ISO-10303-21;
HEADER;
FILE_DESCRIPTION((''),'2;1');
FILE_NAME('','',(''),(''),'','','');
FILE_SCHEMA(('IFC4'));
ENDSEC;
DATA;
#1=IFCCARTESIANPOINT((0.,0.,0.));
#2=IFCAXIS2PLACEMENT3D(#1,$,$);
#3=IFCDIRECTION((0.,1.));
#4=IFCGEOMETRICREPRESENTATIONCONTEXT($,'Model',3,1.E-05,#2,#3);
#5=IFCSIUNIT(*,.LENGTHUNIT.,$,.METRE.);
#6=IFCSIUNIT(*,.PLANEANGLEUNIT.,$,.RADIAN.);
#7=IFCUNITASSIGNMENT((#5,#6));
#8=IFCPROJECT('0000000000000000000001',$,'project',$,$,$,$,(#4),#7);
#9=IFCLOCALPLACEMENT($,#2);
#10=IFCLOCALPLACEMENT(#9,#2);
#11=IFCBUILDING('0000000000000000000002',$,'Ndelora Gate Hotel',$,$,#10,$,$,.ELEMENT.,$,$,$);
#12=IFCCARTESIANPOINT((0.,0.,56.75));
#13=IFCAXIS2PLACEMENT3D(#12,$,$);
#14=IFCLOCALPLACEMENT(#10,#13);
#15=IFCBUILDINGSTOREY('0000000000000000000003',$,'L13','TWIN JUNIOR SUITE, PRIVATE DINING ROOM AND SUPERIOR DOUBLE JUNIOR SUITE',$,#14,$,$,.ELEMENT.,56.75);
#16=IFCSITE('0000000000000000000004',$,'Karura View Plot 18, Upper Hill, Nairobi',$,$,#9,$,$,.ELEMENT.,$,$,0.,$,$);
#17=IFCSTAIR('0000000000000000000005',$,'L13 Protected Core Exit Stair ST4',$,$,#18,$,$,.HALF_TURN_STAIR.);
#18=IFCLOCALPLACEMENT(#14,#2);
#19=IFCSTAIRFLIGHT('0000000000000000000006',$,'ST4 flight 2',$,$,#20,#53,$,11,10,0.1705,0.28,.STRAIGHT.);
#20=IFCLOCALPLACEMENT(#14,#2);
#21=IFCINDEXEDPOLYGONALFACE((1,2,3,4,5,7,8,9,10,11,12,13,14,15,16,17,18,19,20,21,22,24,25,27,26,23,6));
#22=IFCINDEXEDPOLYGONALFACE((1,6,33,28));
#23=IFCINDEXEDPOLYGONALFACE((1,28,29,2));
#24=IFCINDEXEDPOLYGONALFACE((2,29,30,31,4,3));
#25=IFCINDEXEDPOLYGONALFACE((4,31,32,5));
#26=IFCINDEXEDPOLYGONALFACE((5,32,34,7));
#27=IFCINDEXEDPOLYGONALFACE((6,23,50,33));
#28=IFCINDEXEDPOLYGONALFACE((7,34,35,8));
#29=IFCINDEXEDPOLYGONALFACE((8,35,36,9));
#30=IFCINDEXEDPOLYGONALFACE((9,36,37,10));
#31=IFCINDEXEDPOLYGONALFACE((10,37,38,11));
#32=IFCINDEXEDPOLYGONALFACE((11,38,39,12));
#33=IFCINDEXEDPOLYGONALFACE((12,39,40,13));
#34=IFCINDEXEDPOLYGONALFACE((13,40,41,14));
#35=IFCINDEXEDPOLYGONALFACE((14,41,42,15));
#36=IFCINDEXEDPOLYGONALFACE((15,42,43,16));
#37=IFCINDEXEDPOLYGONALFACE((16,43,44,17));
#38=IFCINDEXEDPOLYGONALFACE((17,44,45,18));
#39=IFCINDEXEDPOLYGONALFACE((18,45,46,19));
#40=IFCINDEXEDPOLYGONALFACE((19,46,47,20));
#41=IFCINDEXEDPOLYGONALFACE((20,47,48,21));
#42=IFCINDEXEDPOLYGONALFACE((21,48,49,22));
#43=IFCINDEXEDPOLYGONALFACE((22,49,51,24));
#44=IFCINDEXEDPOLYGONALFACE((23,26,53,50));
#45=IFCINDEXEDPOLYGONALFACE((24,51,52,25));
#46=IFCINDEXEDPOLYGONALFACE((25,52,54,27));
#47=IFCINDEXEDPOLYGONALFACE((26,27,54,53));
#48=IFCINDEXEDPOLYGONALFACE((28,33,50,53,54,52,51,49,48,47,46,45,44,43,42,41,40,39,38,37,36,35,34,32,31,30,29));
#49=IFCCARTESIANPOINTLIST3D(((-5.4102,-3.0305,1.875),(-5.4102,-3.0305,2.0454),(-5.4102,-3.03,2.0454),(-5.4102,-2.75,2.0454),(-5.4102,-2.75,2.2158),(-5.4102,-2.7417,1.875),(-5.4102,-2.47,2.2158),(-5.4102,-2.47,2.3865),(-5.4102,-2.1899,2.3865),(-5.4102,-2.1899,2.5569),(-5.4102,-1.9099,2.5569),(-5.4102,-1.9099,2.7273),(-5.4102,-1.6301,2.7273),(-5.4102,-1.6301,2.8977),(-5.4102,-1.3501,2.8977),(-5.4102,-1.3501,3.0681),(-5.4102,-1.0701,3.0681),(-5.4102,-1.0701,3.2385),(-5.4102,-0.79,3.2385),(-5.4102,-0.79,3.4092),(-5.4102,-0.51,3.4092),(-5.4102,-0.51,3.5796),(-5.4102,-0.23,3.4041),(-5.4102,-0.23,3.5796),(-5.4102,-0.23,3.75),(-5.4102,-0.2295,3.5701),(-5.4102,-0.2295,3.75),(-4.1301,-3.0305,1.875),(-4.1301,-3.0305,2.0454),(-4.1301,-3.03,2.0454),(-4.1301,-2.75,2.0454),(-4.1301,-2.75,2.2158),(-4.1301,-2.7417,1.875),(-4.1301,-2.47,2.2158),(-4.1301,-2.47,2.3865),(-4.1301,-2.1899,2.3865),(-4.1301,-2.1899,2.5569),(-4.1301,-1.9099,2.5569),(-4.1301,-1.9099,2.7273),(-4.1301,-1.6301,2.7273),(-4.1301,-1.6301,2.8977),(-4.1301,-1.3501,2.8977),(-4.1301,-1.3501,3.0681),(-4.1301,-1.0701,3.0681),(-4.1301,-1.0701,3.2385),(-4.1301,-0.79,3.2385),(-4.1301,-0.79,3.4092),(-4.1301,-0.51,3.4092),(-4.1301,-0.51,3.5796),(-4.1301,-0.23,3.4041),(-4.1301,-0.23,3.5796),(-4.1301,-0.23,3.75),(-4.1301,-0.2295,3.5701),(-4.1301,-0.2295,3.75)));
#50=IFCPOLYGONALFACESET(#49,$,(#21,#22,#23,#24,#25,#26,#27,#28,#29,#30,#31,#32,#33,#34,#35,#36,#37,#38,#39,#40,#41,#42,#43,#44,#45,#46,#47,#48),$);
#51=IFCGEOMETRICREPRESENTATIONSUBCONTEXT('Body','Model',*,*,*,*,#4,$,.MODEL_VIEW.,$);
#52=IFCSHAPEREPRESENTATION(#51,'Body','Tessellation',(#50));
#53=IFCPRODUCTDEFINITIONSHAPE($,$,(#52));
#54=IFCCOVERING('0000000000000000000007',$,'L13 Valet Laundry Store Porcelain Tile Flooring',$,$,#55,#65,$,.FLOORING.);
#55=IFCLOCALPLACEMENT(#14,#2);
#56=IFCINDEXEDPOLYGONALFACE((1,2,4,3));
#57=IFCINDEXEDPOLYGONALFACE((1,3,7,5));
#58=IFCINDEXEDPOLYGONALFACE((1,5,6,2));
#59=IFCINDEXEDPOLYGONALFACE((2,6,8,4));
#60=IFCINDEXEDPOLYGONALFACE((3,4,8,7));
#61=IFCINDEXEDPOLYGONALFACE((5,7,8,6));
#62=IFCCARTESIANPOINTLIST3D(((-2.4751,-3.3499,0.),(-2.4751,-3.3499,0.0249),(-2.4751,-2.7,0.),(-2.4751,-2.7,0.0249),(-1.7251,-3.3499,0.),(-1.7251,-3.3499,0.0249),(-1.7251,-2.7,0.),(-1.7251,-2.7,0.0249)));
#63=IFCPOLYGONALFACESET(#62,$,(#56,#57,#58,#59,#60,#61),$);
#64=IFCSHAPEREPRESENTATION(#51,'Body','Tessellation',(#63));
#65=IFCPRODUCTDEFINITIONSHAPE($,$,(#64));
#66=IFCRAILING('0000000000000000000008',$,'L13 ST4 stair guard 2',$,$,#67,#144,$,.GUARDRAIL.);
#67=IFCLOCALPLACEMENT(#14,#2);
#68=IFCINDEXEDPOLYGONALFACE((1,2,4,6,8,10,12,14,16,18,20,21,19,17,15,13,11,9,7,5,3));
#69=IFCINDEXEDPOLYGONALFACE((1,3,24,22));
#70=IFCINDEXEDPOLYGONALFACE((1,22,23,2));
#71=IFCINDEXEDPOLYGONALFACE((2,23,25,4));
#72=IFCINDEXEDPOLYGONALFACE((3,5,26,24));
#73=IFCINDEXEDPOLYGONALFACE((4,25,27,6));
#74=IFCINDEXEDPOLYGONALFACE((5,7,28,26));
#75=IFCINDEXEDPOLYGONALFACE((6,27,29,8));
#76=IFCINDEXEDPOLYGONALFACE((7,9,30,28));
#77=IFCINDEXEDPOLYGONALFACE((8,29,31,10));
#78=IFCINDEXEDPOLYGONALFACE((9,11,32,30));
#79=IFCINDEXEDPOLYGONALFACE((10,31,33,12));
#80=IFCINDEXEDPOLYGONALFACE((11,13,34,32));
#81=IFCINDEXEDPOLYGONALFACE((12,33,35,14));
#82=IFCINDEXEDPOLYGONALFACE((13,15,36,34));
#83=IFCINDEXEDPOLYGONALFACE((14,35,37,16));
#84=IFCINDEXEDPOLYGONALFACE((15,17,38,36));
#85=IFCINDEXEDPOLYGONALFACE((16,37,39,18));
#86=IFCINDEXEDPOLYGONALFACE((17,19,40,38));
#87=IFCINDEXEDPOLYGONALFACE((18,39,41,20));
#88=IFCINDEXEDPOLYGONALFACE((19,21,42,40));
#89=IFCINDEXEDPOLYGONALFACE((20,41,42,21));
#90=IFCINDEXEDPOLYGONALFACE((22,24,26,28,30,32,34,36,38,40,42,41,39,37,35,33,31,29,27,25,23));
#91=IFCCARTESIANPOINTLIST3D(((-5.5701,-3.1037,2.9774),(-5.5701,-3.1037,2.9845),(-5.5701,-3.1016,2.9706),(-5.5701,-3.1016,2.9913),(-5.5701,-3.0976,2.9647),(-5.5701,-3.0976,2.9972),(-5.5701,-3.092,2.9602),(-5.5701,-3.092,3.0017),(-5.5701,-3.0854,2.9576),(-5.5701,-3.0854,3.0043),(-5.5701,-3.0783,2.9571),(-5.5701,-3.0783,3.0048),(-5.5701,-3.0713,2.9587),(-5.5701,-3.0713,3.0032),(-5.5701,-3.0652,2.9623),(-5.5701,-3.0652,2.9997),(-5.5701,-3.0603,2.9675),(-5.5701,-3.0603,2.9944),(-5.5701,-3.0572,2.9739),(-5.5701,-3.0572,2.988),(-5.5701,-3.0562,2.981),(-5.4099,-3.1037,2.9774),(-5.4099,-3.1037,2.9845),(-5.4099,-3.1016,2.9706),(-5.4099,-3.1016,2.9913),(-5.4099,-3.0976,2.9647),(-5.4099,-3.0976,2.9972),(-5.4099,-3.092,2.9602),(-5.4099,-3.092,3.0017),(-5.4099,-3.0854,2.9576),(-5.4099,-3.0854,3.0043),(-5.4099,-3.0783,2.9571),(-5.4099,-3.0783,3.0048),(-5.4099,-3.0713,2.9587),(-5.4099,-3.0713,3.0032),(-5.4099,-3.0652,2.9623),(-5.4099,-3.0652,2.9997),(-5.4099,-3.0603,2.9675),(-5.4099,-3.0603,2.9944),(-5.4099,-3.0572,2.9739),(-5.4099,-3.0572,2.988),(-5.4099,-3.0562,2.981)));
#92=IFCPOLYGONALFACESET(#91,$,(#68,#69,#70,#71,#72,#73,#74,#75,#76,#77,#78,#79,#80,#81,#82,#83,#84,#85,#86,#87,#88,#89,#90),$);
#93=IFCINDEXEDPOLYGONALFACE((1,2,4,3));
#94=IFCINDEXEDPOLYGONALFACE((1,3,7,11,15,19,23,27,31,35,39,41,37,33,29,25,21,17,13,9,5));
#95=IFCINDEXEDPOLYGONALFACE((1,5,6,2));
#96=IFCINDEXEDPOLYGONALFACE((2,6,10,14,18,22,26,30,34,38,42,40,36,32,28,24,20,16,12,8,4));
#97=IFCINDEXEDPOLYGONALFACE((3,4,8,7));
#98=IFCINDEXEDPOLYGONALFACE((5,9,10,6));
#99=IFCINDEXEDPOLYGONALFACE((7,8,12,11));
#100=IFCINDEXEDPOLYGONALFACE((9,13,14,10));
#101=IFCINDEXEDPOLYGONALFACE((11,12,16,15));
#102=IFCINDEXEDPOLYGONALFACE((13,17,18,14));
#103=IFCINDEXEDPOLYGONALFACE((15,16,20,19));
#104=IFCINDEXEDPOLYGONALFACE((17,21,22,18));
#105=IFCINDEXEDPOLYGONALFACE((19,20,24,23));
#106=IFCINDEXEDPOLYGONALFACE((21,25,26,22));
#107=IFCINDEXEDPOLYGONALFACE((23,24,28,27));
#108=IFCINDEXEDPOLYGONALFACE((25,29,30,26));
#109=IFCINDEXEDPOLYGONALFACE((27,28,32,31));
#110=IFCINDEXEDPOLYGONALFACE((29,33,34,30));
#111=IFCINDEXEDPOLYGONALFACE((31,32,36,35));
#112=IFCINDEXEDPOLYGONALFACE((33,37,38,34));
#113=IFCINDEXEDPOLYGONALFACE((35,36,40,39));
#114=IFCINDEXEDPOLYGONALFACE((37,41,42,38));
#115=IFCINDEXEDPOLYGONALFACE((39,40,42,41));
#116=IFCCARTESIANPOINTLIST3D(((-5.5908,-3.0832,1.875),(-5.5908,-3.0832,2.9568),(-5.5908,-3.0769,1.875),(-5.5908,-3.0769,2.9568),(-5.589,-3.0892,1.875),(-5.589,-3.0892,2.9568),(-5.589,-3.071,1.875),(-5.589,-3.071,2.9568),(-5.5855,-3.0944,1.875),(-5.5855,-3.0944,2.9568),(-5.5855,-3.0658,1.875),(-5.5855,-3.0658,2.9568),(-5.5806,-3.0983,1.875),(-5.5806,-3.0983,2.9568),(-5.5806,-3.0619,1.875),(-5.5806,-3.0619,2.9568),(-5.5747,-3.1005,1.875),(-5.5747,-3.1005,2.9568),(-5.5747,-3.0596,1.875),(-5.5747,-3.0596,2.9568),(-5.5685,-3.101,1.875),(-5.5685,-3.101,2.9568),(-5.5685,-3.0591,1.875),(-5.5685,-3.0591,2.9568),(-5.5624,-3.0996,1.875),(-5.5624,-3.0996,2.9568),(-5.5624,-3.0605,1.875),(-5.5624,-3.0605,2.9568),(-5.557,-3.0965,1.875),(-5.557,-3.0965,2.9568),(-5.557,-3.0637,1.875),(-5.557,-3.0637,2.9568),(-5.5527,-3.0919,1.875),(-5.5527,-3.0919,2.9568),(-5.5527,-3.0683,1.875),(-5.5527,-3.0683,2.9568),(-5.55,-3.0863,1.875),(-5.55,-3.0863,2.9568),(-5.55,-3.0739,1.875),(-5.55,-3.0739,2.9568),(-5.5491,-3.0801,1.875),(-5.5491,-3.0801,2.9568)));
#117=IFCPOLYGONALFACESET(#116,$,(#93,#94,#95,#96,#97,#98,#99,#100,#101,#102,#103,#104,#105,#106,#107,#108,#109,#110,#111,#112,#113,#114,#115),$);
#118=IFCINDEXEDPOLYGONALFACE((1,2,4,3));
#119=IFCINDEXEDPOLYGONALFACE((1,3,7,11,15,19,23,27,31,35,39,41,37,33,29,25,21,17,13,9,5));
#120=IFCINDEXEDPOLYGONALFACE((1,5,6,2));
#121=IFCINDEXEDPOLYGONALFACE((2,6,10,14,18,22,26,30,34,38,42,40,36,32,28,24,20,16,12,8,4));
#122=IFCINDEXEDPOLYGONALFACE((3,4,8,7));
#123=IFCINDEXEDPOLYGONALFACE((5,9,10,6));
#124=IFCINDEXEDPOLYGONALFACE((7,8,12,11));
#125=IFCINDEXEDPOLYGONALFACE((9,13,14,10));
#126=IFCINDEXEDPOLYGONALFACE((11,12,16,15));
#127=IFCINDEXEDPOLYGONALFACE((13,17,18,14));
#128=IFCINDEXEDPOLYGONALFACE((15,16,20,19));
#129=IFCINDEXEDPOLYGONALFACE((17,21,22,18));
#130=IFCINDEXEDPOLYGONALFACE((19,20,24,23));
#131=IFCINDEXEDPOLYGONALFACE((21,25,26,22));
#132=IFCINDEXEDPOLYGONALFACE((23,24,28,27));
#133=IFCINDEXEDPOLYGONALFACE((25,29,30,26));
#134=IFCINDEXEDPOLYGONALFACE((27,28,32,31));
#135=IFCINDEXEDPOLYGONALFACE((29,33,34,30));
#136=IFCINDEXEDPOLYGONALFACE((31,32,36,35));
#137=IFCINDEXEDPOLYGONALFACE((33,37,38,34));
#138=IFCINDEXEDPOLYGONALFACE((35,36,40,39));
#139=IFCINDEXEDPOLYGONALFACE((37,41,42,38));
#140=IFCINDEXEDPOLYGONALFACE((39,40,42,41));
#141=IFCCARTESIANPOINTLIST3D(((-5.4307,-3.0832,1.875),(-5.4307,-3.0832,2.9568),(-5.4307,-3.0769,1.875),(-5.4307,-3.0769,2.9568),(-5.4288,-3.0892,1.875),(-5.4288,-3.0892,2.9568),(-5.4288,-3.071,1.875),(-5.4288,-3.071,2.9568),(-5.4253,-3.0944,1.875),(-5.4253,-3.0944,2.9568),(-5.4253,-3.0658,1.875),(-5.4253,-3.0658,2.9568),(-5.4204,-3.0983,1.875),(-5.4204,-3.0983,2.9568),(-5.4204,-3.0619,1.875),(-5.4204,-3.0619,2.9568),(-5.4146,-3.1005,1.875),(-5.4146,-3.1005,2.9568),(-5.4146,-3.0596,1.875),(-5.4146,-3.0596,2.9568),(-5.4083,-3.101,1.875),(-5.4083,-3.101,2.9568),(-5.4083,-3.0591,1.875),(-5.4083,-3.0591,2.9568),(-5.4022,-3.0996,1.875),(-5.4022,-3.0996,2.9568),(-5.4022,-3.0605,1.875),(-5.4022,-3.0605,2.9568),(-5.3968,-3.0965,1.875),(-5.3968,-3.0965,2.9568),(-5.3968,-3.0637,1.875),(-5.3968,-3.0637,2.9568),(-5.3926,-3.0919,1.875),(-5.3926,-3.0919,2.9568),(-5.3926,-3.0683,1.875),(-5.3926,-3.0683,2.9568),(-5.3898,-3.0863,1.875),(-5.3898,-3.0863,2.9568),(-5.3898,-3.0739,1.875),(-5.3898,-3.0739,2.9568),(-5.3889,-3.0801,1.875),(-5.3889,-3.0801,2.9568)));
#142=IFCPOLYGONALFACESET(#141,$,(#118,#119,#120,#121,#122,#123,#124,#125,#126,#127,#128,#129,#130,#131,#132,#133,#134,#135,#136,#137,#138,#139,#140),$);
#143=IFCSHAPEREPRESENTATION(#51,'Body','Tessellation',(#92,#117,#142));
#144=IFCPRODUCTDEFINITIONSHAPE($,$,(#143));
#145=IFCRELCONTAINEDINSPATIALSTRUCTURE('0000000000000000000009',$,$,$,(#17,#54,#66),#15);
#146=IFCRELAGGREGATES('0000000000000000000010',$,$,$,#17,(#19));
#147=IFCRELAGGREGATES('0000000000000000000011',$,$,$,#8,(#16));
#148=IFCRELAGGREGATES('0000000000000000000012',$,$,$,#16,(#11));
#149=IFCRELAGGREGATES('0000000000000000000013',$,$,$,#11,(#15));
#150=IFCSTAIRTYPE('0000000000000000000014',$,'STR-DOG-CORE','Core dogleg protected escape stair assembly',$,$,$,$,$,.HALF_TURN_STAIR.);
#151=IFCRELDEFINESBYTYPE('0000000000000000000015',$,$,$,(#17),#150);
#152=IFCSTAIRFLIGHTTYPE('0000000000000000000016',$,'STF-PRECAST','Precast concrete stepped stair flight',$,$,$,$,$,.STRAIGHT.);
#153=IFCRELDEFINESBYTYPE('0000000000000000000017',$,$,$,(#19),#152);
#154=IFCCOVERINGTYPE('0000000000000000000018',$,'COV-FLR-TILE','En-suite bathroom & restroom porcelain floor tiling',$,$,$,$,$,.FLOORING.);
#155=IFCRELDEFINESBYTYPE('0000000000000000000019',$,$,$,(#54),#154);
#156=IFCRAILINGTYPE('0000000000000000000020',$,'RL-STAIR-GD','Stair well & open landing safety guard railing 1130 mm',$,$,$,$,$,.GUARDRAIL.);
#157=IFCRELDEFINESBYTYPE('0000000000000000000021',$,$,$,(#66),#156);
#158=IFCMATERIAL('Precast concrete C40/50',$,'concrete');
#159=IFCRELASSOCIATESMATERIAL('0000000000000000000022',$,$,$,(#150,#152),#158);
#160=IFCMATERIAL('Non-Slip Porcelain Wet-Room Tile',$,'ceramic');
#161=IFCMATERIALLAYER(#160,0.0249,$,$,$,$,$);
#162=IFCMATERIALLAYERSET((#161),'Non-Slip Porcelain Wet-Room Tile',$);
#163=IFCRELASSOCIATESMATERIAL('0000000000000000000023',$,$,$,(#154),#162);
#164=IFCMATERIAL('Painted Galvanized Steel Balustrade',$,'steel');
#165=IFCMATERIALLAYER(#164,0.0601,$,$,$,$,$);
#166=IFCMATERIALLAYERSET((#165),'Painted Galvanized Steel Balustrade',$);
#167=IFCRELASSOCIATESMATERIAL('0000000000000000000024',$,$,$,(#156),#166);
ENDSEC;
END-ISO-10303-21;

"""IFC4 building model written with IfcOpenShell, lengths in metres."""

from ifc_helpers import new_model, si_unit, direction, frame, origin, origin_2d, place, context, subcontext, project, spatial, polyline, rectangle, circle, outline, extrude, material, layer, layer_set, type_object, element, aggregate, save


model = new_model("IFC4")

# Units and contexts
model_context = context("Model", 3, precision=1e-05, world=origin(), true_north=direction((0.0, 1.0)))
body_context = subcontext(model_context, "Body", "Model", "MODEL_VIEW")
ifc_project = project(units=[si_unit("LENGTHUNIT", "METRE"), si_unit("PLANEANGLEUNIT", "RADIAN")], contexts=[model_context])

# Site, building, storey
site_placement = place(None, origin())
site = spatial("IfcSite", under=ifc_project, at=site_placement, Name="Karura View Plot 18, Upper Hill, Nairobi", CompositionType="ELEMENT", RefElevation=0.0)
building_placement = place(site_placement, origin())
building = spatial("IfcBuilding", under=site, at=building_placement, Name="Ndelora Gate Hotel", CompositionType="ELEMENT")
storey_placement = place(building_placement, frame((0.0, 0.0, 56.75)))
storey = spatial("IfcBuildingStorey", under=building, at=storey_placement, Name="L13", Description="TWIN JUNIOR SUITE, PRIVATE DINING ROOM AND SUPERIOR DOUBLE JUNIOR SUITE", CompositionType="ELEMENT", Elevation=56.75)

# Stair, stair flight
ifc_material_1 = material(Name="Precast concrete C40/50", Category="concrete")
stair_type = type_object("IfcStairType", Name="STR-DOG-CORE", Description="Core dogleg protected escape stair assembly", PredefinedType="HALF_TURN_STAIR", material=ifc_material_1)
stair_placement = place(storey_placement, origin())
stair = element("IfcStair", 1, at=stair_placement, inside=storey, type_object=stair_type, Name="L13 Protected Core Exit Stair ST4", PredefinedType="HALF_TURN_STAIR")
stair_flight_type = type_object("IfcStairFlightType", Name="STF-PRECAST", Description="Precast concrete stepped stair flight", PredefinedType="STRAIGHT", material=ifc_material_1)
stair_flight_placement = place(storey_placement, frame((-4.77, -3.03, 1.875), z_axis=(0.0, 0.0, 1.0), x_axis=(0.0, 1.0, 0.0)))
stair_flight = element("IfcStairFlight", 2, at=stair_flight_placement, type_object=stair_flight_type, Name="ST4 flight 2", NumberOfRisers=11, NumberOfTreads=10, PredefinedType="STRAIGHT", RiserHeight=0.1705, TreadLength=0.28, context=body_context, shape_type="SweptSolid", body=[
    extrude(outline(polyline([(-0.0005, 0.0), (-0.0005, 0.1704), (0.0, 0.1704), (0.28, 0.1704), (0.28, 0.3408), (0.5601, 0.3408), (0.5601, 0.5115), (0.8401, 0.5115), (0.8401, 0.6819), (1.1201, 0.6819), (1.1201, 0.8523), (1.3999, 0.8523), (1.3999, 1.0227), (1.6799, 1.0227), (1.6799, 1.1931), (1.96, 1.1931), (1.96, 1.3635), (2.24, 1.3635), (2.24, 1.5342), (2.52, 1.5342), (2.52, 1.7046), (2.8, 1.7046), (2.8, 1.875), (2.8005, 1.875), (2.8005, 1.6951), (2.8, 1.5291), (0.2883, 0.0), (-0.0005, 0.0)])), frame((0.0, 0.6401, 0.0), z_axis=(0.0, -1.0, 0.0), x_axis=(1.0, 0.0, 0.0)), (0.0, 0.0, 1.0), 1.28),
])
aggregate(stair, [stair_flight])

# Covering
ifc_material_2 = material(Name="Non-Slip Porcelain Wet-Room Tile", Category="ceramic")
ifc_layer_1 = layer(ifc_material_2, 0.0249)
ifc_layer_set_1 = layer_set([ifc_layer_1], Name="Non-Slip Porcelain Wet-Room Tile")
covering_type = type_object("IfcCoveringType", Name="COV-FLR-TILE", Description="En-suite bathroom & restroom porcelain floor tiling", PredefinedType="FLOORING", material=ifc_layer_set_1)
covering_placement = place(storey_placement, frame((-2.1001, -3.0249, 0.0), z_axis=(0.0, 0.0, 1.0), x_axis=(1.0, 0.0, 0.0)))
element("IfcCovering", 3, at=covering_placement, inside=storey, type_object=covering_type, Name="L13 Valet Laundry Store Porcelain Tile Flooring", PredefinedType="FLOORING", context=body_context, shape_type="SweptSolid", body=[
    extrude(rectangle(XDim=0.75, YDim=0.6499, at=origin_2d()), origin(), (0.0, 0.0, 1.0), 0.0249),
])

# Railing
ifc_material_3 = material(Name="Painted Galvanized Steel Balustrade", Category="steel")
ifc_layer_2 = layer(ifc_material_3, 0.0601)
ifc_layer_set_2 = layer_set([ifc_layer_2], Name="Painted Galvanized Steel Balustrade")
railing_type_1 = type_object("IfcRailingType", Name="RL-STAIR-GD", Description="Stair well & open landing safety guard railing 1130 mm", PredefinedType="GUARDRAIL", material=ifc_layer_set_2)
railing_1_placement = place(storey_placement, frame((-5.5701, -3.0801, 1.875)))
element("IfcRailing", 4, at=railing_1_placement, inside=storey, type_object=railing_type_1, Name="L13 ST4 stair guard 2", PredefinedType="GUARDRAIL", context=body_context, shape_type="SweptSolid", body=[
    extrude(circle(Radius=0.0239, at=origin_2d()), frame((0.0, 0.0, 1.106), z_axis=(1.0, 0.0, 0.0), x_axis=(0.0, 1.0, 0.0)), (0.0, 0.0, 1.0), 0.1602),
    extrude(circle(Radius=0.021, at=origin_2d()), origin(), (0.0, 0.0, 1.0), 1.0818),
    extrude(circle(Radius=0.021, at=origin_2d()), frame((0.1602, 0.0, 0.0)), (0.0, 0.0, 1.0), 1.0818),
])

save(model, "model.ifc")
